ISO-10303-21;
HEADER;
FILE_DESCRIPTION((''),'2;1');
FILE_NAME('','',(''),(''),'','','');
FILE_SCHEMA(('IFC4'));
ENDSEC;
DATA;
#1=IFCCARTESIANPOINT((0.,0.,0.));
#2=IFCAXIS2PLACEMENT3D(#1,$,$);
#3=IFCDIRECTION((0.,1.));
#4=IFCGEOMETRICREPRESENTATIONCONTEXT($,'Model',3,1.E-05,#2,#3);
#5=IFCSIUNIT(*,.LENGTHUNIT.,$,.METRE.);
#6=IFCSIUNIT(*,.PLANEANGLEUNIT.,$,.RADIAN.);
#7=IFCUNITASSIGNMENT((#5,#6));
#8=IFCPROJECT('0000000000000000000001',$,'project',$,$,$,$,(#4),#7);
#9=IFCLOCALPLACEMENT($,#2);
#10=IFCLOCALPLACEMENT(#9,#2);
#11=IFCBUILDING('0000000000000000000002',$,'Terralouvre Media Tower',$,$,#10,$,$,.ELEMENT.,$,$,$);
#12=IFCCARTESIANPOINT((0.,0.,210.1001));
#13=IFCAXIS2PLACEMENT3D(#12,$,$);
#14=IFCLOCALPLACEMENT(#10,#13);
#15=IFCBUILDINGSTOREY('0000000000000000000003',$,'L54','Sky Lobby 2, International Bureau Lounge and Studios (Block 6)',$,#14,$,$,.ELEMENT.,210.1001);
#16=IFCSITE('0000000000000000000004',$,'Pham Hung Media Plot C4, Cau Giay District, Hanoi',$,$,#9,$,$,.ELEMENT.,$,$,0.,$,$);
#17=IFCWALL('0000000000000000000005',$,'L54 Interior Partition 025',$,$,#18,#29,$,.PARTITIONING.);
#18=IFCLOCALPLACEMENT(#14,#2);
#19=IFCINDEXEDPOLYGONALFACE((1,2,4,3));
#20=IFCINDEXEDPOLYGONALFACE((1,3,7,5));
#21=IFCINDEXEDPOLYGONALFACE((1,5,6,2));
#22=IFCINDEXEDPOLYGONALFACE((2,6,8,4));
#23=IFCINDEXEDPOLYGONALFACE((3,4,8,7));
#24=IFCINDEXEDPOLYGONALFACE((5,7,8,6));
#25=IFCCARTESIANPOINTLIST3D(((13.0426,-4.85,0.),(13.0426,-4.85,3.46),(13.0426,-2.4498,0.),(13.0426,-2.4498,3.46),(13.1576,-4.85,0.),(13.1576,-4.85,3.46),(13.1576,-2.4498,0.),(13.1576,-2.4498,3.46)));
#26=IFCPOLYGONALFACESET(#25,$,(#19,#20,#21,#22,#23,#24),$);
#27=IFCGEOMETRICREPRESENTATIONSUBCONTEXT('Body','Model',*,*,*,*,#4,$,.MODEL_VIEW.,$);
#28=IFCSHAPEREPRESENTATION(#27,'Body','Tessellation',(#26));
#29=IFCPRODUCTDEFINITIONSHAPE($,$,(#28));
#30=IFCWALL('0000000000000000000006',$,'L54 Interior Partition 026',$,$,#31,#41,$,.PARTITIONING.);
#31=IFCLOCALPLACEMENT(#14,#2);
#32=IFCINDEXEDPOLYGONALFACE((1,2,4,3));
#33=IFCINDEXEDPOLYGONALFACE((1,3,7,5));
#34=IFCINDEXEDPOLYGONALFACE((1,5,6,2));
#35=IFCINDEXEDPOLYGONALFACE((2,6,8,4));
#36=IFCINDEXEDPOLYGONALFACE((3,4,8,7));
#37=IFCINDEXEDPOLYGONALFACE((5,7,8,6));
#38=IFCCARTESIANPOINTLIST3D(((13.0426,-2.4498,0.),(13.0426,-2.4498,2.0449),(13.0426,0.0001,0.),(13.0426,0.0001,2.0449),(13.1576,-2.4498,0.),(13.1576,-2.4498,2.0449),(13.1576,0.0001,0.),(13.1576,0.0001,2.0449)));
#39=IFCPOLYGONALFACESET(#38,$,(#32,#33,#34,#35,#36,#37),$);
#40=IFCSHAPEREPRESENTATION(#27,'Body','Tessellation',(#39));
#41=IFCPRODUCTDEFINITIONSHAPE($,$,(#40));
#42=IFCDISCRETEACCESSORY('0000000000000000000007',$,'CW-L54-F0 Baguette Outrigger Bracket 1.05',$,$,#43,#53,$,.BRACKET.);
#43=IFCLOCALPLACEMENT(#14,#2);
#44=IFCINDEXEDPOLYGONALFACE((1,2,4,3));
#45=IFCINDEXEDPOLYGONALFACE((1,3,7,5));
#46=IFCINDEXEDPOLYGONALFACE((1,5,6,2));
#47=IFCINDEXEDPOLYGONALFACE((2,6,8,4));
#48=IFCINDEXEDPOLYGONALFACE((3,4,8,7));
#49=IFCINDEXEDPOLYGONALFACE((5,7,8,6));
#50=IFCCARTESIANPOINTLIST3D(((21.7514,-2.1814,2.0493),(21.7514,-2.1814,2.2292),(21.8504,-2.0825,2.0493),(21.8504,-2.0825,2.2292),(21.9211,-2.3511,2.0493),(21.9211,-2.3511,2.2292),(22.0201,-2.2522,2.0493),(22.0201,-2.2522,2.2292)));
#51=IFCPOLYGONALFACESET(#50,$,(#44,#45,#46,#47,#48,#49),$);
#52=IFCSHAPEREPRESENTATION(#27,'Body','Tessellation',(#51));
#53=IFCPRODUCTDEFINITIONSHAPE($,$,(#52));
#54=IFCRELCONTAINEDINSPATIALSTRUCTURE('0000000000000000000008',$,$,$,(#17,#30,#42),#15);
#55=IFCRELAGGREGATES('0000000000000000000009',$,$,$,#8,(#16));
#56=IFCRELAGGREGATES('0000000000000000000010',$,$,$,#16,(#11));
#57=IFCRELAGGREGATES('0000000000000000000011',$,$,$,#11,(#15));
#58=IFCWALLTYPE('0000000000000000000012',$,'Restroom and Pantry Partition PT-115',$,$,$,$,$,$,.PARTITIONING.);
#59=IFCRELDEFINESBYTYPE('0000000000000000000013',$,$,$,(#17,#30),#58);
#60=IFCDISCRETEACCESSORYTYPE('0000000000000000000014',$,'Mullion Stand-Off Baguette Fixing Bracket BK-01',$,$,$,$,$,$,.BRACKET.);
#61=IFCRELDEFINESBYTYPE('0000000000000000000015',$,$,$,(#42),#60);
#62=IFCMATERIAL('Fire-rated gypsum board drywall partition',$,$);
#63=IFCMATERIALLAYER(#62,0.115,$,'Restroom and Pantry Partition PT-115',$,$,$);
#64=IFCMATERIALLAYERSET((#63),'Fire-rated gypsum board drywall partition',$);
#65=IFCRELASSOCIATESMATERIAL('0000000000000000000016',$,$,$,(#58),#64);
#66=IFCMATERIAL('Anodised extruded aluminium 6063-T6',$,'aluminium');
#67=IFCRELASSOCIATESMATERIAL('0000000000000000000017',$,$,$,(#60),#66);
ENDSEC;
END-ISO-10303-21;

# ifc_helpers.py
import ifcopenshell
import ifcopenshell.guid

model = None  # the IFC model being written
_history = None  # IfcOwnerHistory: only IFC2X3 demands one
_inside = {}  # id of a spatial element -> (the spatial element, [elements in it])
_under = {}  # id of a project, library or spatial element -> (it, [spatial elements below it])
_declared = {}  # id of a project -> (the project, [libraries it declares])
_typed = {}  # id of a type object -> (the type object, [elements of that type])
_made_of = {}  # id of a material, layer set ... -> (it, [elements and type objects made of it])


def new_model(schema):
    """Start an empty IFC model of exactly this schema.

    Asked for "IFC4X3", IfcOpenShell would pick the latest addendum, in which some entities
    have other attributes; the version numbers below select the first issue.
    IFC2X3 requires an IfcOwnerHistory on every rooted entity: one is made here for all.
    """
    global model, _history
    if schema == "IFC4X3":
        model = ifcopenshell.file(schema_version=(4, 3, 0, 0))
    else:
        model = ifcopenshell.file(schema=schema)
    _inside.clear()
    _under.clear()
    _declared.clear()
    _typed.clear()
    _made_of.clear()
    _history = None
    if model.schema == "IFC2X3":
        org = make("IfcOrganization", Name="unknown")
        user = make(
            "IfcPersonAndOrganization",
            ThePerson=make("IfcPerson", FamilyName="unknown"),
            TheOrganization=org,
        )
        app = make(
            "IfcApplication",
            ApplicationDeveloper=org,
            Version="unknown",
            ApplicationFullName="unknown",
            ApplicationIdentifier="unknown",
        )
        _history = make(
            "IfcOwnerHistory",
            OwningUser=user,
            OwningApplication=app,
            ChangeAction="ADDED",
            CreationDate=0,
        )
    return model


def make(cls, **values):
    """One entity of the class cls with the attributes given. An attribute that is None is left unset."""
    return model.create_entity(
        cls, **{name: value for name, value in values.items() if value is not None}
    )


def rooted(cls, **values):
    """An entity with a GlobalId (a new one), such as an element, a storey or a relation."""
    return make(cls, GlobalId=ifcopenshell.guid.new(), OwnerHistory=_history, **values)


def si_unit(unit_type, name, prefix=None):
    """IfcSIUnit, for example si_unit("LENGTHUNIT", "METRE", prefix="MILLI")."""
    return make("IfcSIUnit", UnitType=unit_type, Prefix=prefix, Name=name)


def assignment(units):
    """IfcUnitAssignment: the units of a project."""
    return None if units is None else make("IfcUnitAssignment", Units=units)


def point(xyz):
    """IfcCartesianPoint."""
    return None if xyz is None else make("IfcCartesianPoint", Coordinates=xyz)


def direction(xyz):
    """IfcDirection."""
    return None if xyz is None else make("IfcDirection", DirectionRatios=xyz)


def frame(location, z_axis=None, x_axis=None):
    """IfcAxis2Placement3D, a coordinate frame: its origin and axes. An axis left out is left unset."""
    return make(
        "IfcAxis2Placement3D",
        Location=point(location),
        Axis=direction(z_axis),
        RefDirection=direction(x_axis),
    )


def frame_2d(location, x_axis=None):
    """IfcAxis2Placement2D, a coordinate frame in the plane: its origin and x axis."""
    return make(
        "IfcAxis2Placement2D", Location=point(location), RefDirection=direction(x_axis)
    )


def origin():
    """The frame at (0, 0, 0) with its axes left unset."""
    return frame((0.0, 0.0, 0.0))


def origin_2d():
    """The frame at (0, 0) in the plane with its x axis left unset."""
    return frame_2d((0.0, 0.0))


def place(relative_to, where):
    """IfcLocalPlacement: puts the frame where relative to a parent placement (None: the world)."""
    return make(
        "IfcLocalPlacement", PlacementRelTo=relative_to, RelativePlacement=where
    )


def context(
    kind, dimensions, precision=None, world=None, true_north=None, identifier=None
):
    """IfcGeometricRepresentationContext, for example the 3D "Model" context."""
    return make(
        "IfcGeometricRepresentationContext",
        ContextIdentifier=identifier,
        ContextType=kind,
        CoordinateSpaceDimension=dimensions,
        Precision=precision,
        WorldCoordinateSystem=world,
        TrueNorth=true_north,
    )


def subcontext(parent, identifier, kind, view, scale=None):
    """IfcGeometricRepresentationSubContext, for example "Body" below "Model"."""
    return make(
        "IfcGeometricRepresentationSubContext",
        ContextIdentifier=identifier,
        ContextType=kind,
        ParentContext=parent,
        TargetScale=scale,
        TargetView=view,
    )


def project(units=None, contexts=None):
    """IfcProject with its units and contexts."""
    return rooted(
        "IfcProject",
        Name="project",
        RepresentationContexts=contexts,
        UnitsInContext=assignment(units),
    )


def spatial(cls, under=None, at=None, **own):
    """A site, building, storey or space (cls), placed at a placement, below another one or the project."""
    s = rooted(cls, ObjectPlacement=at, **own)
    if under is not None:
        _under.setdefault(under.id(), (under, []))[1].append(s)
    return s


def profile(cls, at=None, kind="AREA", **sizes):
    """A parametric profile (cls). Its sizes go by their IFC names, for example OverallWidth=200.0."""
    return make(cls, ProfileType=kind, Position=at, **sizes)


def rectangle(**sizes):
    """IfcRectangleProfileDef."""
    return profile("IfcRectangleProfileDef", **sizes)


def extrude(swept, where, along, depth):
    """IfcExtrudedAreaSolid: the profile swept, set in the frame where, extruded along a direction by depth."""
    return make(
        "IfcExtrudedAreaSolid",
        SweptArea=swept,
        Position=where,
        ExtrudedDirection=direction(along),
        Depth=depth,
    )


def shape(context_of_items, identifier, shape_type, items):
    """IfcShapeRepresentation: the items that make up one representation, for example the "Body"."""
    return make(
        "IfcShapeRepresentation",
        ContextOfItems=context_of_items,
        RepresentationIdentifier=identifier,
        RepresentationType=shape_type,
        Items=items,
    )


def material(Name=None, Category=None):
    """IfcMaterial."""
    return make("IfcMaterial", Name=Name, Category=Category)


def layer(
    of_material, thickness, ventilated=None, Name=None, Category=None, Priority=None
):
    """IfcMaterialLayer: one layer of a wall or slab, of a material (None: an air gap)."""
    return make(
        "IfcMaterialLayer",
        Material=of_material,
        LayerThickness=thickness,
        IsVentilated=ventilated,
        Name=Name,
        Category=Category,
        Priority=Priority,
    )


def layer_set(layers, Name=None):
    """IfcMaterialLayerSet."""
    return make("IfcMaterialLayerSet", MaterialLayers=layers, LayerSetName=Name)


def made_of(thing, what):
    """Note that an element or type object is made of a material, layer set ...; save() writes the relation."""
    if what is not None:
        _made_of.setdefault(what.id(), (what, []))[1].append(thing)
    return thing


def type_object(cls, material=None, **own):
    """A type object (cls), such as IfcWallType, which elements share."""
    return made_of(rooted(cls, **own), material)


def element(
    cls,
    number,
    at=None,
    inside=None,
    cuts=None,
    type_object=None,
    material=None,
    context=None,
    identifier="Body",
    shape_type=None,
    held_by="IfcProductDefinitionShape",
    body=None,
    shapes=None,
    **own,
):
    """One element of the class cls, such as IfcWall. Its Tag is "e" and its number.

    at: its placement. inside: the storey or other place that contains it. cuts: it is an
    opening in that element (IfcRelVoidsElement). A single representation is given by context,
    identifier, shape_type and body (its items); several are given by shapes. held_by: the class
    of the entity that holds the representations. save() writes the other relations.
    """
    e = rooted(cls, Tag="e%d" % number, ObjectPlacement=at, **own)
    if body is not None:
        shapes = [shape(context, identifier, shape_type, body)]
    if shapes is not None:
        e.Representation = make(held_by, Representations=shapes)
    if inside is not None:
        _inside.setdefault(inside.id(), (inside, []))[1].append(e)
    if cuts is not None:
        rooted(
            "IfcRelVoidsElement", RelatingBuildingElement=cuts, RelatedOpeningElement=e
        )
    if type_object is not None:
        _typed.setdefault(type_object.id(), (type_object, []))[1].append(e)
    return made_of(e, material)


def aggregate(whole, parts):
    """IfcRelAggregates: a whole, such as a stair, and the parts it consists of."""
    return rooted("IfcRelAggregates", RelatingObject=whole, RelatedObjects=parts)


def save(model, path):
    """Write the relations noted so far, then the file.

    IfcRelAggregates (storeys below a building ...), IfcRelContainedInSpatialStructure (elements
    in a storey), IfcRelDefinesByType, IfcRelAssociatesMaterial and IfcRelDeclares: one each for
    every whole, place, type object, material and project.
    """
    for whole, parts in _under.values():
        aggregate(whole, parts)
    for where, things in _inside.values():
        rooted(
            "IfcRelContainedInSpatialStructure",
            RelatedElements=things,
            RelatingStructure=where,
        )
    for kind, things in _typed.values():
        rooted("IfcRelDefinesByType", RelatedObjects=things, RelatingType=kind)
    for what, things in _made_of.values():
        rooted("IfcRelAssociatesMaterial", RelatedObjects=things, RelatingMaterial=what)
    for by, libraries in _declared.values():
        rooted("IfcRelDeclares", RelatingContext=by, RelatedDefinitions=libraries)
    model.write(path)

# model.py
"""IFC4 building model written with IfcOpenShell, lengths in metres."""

from ifc_helpers import new_model, si_unit, direction, frame, frame_2d, origin, origin_2d, place, context, subcontext, project, spatial, rectangle, extrude, material, layer, layer_set, type_object, element, save


model = new_model("IFC4")

# Units and contexts
model_context = context("Model", 3, precision=1e-05, world=origin(), true_north=direction((0.0, 1.0)))
body_context = subcontext(model_context, "Body", "Model", "MODEL_VIEW")
ifc_project = project(units=[si_unit("LENGTHUNIT", "METRE"), si_unit("PLANEANGLEUNIT", "RADIAN")], contexts=[model_context])

# Site, building, storey
site_placement = place(None, origin())
site = spatial("IfcSite", under=ifc_project, at=site_placement, Name="Pham Hung Media Plot C4, Cau Giay District, Hanoi", CompositionType="ELEMENT", RefElevation=0.0)
building_placement = place(site_placement, origin())
building = spatial("IfcBuilding", under=site, at=building_placement, Name="Terralouvre Media Tower", CompositionType="ELEMENT")
storey_placement = place(building_placement, frame((0.0, 0.0, 210.1001)))
storey = spatial("IfcBuildingStorey", under=building, at=storey_placement, Name="L54", Description="Sky Lobby 2, International Bureau Lounge and Studios (Block 6)", CompositionType="ELEMENT", Elevation=210.1001)

# Shared definitions
ifc_material_1 = material(Name="Fire-rated gypsum board drywall partition")
ifc_layer_1 = layer(ifc_material_1, 0.115, Name="Restroom and Pantry Partition PT-115")
ifc_layer_set_1 = layer_set([ifc_layer_1], Name="Fire-rated gypsum board drywall partition")
wall_type = type_object("IfcWallType", Name="Restroom and Pantry Partition PT-115", PredefinedType="PARTITIONING", material=ifc_layer_set_1)

# Walls
wall_1_placement = place(storey_placement, frame((13.1001, -4.8501, 0.0), z_axis=(0.0, 0.0, 1.0), x_axis=(0.0, 1.0, 0.0)))
element("IfcWall", 1, at=wall_1_placement, inside=storey, type_object=wall_type, Name="L54 Interior Partition 025", PredefinedType="PARTITIONING", context=body_context, shape_type="SweptSolid", body=[
    extrude(rectangle(XDim=2.4001, YDim=0.115, at=frame_2d((1.2002, 0.0))), origin(), (0.0, 0.0, 1.0), 3.46),
])
wall_2_placement = place(storey_placement, frame((13.1001, -2.45, 0.0), z_axis=(0.0, 0.0, 1.0), x_axis=(0.0, 1.0, 0.0)))
element("IfcWall", 2, at=wall_2_placement, inside=storey, type_object=wall_type, Name="L54 Interior Partition 026", PredefinedType="PARTITIONING", context=body_context, shape_type="SweptSolid", body=[
    extrude(rectangle(XDim=2.45, YDim=0.115, at=frame_2d((1.2251, 0.0))), origin(), (0.0, 0.0, 1.0), 2.0449),
])

# Discrete accessory
ifc_material_2 = material(Name="Anodised extruded aluminium 6063-T6", Category="aluminium")
discrete_accessory_type = type_object("IfcDiscreteAccessoryType", Name="Mullion Stand-Off Baguette Fixing Bracket BK-01", PredefinedType="BRACKET", material=ifc_material_2)
discrete_accessory_placement = place(storey_placement, frame((21.8857, -2.2168, 2.0493), z_axis=(0.0, 0.0, 1.0), x_axis=(0.707107, 0.707107, 0.0)))
element("IfcDiscreteAccessory", 3, at=discrete_accessory_placement, inside=storey, type_object=discrete_accessory_type, Name="CW-L54-F0 Baguette Outrigger Bracket 1.05", PredefinedType="BRACKET", context=body_context, shape_type="SweptSolid", body=[
    extrude(rectangle(XDim=0.1399, YDim=0.24, at=origin_2d()), origin(), (0.0, 0.0, 1.0), 0.1799),
])

save(model, "model.ifc")
